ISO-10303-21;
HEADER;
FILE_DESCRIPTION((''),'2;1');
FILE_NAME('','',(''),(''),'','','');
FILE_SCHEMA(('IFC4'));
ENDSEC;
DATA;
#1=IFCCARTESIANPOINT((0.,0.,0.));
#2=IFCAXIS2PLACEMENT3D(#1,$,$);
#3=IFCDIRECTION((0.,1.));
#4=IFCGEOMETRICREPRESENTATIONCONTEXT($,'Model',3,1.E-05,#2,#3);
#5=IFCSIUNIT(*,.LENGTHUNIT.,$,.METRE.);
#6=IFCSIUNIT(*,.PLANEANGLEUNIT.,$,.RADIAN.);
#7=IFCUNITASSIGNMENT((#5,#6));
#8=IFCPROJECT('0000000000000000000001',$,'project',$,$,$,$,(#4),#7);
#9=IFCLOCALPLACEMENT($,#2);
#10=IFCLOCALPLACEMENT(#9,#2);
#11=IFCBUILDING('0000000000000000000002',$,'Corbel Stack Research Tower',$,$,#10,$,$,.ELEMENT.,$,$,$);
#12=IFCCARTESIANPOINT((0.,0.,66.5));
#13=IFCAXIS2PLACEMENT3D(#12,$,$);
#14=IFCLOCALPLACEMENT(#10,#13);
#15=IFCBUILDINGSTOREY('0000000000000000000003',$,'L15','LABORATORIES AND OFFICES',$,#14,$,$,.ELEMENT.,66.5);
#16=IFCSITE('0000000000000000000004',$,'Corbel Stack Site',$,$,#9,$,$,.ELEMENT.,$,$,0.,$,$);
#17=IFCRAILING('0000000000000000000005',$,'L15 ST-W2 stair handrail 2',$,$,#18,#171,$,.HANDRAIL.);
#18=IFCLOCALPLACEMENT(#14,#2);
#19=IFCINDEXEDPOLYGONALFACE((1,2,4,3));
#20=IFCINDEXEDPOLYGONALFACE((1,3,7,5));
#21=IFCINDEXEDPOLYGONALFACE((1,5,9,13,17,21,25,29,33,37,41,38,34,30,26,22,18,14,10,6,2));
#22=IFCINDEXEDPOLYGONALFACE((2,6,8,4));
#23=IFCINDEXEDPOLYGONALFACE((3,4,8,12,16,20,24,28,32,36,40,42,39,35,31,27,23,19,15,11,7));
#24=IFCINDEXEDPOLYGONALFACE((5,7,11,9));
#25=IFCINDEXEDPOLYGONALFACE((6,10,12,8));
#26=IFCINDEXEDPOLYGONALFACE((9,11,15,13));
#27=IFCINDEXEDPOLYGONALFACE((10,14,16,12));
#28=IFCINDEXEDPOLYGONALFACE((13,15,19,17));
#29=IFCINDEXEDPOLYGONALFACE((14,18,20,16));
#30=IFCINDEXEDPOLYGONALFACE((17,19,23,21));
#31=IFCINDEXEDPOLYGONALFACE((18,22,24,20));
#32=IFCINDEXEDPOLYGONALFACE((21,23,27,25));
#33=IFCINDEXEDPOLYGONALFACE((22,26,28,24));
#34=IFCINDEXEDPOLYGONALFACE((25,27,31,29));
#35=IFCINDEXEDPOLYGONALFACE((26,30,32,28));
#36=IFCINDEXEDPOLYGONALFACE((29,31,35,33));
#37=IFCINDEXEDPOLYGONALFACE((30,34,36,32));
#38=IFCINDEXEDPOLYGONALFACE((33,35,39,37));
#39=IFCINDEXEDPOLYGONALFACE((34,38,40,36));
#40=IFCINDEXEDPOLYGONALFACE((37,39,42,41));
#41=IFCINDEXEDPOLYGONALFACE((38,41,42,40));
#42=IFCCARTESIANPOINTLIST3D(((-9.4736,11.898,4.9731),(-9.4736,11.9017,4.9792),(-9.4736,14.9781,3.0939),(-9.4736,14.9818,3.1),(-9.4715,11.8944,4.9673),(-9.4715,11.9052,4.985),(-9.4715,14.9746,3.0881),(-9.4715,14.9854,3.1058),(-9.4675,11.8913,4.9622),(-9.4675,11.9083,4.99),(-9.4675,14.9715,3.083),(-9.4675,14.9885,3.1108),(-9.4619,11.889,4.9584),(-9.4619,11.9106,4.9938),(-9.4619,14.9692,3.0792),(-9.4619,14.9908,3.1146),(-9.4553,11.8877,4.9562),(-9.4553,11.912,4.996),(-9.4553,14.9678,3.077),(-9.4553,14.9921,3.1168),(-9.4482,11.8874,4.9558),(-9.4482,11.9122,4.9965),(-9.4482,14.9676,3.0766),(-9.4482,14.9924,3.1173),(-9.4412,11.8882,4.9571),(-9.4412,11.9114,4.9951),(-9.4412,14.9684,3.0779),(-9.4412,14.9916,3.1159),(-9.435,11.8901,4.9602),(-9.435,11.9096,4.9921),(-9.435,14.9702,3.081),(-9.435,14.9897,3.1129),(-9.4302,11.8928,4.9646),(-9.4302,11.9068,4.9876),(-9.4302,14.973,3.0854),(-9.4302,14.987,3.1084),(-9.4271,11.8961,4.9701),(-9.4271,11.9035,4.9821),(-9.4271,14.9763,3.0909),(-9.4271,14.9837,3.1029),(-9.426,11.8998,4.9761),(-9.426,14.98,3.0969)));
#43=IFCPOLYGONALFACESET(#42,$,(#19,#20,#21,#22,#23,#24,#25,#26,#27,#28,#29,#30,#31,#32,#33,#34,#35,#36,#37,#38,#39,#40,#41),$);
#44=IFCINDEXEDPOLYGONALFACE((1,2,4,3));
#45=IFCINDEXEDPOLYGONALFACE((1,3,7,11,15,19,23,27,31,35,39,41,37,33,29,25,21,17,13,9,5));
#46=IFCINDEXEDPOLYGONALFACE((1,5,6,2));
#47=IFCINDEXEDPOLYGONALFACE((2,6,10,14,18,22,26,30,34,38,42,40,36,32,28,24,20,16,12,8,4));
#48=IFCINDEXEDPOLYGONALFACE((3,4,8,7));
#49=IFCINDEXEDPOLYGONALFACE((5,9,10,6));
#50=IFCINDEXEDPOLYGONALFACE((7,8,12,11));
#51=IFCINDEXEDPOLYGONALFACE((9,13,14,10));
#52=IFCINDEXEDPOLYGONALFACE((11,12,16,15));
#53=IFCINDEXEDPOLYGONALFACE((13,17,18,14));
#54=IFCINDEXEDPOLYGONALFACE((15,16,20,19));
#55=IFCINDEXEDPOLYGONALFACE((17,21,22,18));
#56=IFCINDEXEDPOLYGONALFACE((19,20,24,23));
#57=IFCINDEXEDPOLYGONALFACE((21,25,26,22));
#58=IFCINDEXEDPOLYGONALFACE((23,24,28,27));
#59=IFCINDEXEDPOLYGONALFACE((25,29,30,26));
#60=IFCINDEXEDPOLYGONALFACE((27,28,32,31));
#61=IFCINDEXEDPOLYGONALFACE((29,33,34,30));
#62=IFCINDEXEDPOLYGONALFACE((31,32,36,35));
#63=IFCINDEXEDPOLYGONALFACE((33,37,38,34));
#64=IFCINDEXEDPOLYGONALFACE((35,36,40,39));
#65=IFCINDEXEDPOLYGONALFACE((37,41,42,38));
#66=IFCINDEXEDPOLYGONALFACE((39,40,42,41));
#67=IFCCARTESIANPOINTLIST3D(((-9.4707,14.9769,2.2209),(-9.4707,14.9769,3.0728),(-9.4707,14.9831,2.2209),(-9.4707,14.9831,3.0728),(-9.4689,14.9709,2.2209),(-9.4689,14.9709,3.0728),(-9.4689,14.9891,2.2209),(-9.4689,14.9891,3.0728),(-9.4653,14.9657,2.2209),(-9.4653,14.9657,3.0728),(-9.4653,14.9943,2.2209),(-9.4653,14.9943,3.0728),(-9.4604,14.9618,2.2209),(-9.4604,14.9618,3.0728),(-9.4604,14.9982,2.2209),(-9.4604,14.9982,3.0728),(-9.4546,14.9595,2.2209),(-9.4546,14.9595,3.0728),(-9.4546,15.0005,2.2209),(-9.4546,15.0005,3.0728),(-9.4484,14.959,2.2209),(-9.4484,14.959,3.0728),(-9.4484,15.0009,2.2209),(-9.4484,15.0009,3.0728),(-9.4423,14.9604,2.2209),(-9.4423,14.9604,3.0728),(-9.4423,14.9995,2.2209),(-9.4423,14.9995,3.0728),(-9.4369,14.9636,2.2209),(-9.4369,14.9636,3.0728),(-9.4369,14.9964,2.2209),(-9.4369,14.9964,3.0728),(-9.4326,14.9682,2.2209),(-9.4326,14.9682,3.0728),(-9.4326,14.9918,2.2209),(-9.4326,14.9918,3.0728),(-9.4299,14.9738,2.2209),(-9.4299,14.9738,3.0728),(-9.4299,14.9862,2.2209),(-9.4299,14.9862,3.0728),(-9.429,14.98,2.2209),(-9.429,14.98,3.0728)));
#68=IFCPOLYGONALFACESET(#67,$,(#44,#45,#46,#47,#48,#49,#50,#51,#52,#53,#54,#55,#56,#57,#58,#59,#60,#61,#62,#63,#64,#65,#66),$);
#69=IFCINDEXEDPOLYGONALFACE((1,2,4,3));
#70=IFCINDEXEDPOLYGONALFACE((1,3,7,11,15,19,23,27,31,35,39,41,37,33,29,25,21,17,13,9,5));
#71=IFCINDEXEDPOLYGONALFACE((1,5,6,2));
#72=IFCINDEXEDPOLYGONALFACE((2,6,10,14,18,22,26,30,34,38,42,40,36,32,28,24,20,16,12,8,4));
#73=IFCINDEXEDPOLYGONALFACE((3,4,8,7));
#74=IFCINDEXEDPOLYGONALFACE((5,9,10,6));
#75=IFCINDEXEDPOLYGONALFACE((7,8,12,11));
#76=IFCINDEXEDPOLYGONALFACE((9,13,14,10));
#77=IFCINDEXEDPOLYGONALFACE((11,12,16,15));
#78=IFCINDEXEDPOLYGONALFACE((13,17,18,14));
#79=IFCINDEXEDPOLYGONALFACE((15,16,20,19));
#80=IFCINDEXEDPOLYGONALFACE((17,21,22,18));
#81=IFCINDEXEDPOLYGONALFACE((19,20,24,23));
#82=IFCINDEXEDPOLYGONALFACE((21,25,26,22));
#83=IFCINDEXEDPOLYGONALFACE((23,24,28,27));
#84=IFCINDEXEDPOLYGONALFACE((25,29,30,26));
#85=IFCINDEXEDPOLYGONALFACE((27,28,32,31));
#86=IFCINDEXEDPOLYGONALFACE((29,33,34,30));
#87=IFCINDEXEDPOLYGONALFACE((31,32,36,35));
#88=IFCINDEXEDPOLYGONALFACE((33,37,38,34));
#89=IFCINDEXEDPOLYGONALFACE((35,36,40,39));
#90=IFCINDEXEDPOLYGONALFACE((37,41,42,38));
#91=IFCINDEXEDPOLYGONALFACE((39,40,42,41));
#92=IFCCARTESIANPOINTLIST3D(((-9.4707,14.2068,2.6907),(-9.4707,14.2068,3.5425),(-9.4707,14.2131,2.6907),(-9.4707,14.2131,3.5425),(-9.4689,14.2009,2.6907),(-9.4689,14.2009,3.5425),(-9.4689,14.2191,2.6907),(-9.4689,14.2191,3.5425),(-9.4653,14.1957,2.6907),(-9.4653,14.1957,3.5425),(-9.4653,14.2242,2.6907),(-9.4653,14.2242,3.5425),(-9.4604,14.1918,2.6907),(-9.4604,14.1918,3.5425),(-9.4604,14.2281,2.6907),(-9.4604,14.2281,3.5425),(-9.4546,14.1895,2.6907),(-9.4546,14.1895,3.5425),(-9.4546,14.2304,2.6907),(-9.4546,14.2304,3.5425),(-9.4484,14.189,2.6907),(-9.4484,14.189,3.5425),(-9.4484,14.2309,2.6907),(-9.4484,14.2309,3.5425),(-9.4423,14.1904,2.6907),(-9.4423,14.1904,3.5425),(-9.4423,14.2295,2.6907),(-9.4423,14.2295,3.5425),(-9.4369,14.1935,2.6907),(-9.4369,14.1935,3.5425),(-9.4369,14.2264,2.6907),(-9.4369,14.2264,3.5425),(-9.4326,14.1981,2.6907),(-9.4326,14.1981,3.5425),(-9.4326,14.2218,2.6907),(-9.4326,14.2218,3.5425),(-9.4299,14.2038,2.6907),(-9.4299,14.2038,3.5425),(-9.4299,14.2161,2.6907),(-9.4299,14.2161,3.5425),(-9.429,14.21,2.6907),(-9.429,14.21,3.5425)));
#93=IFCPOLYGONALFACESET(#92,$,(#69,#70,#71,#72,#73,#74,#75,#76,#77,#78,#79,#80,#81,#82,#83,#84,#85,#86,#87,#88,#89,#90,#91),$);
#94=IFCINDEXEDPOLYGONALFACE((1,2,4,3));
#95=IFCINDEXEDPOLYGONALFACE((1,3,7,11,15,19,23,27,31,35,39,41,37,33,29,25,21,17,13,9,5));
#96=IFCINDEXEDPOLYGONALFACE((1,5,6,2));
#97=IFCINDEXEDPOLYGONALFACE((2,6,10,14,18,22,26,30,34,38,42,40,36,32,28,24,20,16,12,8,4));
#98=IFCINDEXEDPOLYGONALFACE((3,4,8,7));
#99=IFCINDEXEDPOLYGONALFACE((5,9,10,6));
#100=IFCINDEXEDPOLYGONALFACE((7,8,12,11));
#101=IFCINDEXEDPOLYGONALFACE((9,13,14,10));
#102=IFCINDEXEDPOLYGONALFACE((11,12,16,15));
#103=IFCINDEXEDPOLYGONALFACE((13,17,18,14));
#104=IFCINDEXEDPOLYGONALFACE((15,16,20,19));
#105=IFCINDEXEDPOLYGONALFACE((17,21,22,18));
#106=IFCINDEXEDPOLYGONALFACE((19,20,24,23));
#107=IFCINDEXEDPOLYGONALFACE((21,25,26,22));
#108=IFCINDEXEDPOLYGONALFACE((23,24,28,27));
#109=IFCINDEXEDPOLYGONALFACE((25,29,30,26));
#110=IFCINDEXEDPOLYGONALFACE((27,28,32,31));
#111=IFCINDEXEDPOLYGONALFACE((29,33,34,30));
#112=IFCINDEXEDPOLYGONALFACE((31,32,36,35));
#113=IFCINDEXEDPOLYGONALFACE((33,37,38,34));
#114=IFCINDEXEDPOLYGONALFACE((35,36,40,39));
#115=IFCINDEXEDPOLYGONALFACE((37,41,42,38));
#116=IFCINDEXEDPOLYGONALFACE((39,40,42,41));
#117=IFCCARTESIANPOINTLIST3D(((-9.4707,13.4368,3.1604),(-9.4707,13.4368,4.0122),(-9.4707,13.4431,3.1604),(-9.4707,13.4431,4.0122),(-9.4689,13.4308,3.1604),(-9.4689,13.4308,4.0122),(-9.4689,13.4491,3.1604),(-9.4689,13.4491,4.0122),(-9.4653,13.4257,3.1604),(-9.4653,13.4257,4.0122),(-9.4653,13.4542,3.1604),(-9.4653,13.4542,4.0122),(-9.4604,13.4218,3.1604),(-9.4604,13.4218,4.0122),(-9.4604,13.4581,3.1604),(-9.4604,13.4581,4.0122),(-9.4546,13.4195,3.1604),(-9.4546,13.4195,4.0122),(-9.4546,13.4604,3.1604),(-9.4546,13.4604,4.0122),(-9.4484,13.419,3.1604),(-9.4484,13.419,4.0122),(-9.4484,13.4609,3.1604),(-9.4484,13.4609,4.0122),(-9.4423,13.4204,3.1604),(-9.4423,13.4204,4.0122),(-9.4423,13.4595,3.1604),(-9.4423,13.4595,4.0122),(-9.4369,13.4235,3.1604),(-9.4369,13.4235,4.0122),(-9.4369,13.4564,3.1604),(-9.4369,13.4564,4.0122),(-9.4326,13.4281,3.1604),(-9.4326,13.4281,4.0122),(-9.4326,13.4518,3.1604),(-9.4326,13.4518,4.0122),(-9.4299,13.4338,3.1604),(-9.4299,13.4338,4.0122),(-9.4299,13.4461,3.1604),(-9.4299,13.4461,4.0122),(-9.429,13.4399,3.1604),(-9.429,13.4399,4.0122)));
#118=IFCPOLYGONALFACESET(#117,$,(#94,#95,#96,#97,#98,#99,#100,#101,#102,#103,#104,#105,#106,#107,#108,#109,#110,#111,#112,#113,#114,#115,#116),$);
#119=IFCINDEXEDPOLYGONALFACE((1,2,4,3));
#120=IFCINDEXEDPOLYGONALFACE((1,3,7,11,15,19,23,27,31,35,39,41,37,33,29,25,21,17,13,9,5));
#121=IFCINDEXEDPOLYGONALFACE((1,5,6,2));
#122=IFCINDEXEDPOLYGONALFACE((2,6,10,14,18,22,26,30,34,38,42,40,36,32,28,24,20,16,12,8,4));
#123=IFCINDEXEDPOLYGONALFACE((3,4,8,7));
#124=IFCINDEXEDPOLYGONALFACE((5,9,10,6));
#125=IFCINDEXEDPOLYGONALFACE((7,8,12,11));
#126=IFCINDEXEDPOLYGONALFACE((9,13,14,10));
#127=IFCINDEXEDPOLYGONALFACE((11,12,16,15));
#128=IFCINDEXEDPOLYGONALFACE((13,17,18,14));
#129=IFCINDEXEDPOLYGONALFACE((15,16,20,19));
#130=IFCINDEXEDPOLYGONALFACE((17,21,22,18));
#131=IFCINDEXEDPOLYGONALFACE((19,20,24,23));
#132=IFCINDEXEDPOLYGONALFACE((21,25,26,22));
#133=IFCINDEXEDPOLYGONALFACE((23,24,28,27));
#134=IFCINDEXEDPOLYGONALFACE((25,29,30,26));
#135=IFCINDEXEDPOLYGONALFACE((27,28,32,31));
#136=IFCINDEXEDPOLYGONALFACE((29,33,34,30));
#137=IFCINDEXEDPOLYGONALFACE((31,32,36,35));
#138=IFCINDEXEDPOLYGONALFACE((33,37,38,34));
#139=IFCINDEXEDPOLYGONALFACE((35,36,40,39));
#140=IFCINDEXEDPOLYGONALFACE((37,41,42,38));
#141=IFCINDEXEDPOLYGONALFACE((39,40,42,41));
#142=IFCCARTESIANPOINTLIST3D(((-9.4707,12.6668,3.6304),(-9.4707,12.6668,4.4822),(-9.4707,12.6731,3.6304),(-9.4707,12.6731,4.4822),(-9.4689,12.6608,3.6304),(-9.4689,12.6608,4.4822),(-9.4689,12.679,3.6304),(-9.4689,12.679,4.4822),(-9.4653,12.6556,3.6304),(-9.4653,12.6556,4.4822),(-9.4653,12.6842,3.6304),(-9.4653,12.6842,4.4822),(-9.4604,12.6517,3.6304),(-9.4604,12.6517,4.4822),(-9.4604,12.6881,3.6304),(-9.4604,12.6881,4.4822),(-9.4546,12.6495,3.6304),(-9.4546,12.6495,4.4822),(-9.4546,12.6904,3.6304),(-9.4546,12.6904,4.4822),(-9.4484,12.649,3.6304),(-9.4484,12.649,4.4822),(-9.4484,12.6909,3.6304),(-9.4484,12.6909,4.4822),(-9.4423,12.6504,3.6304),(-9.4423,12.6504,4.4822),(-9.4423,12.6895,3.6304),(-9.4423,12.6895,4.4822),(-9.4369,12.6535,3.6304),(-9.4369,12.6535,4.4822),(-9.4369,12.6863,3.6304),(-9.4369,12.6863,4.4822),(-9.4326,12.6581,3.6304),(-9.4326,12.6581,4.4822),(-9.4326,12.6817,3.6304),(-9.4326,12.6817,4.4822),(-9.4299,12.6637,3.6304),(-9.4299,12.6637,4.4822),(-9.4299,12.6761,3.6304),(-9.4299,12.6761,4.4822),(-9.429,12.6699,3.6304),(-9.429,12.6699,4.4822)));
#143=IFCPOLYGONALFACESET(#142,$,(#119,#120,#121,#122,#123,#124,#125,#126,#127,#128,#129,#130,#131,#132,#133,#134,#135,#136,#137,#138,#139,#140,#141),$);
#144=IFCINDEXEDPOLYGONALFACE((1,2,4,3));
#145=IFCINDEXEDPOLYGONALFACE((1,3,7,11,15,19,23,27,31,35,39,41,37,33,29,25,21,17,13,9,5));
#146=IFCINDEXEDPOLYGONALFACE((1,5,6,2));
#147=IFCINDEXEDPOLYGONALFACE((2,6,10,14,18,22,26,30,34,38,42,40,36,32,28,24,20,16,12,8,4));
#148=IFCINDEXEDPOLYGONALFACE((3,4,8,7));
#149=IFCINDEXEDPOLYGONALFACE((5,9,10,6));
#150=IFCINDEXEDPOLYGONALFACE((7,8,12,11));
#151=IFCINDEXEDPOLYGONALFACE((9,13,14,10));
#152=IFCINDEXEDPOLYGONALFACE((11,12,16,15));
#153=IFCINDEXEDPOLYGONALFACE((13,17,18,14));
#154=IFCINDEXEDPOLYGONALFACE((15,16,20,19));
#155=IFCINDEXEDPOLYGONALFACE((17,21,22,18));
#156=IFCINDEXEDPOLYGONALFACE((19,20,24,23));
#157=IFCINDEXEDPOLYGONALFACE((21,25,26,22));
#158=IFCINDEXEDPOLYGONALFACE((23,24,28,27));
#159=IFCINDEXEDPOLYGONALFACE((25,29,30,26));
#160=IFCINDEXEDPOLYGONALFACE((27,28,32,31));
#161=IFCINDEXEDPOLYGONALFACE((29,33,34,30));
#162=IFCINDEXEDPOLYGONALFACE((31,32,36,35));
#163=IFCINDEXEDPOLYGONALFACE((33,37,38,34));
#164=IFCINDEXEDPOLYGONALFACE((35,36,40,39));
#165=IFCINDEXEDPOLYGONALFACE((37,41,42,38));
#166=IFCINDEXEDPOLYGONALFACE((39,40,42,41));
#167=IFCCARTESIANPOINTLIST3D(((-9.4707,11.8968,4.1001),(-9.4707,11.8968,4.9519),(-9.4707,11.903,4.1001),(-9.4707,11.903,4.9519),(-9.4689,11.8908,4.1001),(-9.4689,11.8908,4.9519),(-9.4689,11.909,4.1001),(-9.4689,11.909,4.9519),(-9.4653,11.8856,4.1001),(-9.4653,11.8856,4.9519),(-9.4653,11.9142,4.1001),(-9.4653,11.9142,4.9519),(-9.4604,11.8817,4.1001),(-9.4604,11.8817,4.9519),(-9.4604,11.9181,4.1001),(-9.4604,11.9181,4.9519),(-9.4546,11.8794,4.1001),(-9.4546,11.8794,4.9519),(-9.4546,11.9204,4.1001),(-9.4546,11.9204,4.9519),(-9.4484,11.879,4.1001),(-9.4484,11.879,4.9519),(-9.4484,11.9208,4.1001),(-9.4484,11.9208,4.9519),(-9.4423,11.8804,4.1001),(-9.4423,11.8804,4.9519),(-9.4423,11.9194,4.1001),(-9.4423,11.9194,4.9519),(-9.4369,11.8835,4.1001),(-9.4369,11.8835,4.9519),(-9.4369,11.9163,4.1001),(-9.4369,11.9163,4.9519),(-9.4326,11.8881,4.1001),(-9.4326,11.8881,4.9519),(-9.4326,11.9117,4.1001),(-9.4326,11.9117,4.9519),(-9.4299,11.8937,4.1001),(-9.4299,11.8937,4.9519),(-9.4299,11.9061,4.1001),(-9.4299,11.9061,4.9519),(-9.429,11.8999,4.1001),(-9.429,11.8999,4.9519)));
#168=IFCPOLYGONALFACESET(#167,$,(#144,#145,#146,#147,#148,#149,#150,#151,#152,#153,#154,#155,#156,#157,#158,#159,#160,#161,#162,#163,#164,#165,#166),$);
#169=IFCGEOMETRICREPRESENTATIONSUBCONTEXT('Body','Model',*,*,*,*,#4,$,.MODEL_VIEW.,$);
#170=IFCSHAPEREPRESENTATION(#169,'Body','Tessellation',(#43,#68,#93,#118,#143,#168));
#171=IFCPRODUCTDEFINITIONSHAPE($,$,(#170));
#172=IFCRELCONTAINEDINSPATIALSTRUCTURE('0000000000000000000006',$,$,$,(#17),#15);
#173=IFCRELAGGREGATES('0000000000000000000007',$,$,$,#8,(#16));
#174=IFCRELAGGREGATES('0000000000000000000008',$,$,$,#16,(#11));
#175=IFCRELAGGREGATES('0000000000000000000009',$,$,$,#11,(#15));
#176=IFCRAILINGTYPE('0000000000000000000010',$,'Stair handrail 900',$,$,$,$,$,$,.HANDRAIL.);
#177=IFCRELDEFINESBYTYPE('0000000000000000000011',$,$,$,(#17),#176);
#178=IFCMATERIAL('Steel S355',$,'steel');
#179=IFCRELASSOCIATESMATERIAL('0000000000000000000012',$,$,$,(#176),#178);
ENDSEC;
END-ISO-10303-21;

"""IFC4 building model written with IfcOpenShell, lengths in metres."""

from ifc_helpers import new_model, si_unit, direction, frame, origin, origin_2d, place, context, subcontext, project, spatial, circle, extrude, material, type_object, element, save


model = new_model("IFC4")

# Units and contexts
model_context = context("Model", 3, precision=1e-05, world=origin(), true_north=direction((0.0, 1.0)))
body_context = subcontext(model_context, "Body", "Model", "MODEL_VIEW")
ifc_project = project(units=[si_unit("LENGTHUNIT", "METRE"), si_unit("PLANEANGLEUNIT", "RADIAN")], contexts=[model_context])

# Site, building, storey
site_placement = place(None, origin())
site = spatial("IfcSite", under=ifc_project, at=site_placement, Name="Corbel Stack Site", CompositionType="ELEMENT", RefElevation=0.0)
building_placement = place(site_placement, origin())
building = spatial("IfcBuilding", under=site, at=building_placement, Name="Corbel Stack Research Tower", CompositionType="ELEMENT")
storey_placement = place(building_placement, frame((0.0, 0.0, 66.5)))
storey = spatial("IfcBuildingStorey", under=building, at=storey_placement, Name="L15", Description="LABORATORIES AND OFFICES", CompositionType="ELEMENT", Elevation=66.5)

# Railing
ifc_material_1 = material(Name="Steel S355", Category="steel")
railing_type_1 = type_object("IfcRailingType", Name="Stair handrail 900", PredefinedType="HANDRAIL", material=ifc_material_1)
railing_1_placement = place(storey_placement, frame((-9.45, 14.98, 2.2209)))
element("IfcRailing", 1, at=railing_1_placement, inside=storey, type_object=railing_type_1, Name="L15 ST-W2 stair handrail 2", PredefinedType="HANDRAIL", context=body_context, shape_type="SweptSolid", body=[
    extrude(circle(Radius=0.0239, at=origin_2d()), frame((0.0, 0.0, 0.876), z_axis=(0.0, -0.853666, 0.52082), x_axis=(1.0, 0.0, 0.0)), (0.0, 0.0, 1.0), 3.6082),
    extrude(circle(Radius=0.021, at=origin_2d()), origin(), (0.0, 0.0, 1.0), 0.8518),
    extrude(circle(Radius=0.021, at=origin_2d()), frame((0.0, -0.77, 0.4697)), (0.0, 0.0, 1.0), 0.8518),
    extrude(circle(Radius=0.021, at=origin_2d()), frame((0.0, -1.54, 0.9395)), (0.0, 0.0, 1.0), 0.8518),
    extrude(circle(Radius=0.021, at=origin_2d()), frame((0.0, -2.3101, 1.4094)), (0.0, 0.0, 1.0), 0.8518),
    extrude(circle(Radius=0.021, at=origin_2d()), frame((0.0, -3.0801, 1.8792)), (0.0, 0.0, 1.0), 0.8518),
])

save(model, "model.ifc")
